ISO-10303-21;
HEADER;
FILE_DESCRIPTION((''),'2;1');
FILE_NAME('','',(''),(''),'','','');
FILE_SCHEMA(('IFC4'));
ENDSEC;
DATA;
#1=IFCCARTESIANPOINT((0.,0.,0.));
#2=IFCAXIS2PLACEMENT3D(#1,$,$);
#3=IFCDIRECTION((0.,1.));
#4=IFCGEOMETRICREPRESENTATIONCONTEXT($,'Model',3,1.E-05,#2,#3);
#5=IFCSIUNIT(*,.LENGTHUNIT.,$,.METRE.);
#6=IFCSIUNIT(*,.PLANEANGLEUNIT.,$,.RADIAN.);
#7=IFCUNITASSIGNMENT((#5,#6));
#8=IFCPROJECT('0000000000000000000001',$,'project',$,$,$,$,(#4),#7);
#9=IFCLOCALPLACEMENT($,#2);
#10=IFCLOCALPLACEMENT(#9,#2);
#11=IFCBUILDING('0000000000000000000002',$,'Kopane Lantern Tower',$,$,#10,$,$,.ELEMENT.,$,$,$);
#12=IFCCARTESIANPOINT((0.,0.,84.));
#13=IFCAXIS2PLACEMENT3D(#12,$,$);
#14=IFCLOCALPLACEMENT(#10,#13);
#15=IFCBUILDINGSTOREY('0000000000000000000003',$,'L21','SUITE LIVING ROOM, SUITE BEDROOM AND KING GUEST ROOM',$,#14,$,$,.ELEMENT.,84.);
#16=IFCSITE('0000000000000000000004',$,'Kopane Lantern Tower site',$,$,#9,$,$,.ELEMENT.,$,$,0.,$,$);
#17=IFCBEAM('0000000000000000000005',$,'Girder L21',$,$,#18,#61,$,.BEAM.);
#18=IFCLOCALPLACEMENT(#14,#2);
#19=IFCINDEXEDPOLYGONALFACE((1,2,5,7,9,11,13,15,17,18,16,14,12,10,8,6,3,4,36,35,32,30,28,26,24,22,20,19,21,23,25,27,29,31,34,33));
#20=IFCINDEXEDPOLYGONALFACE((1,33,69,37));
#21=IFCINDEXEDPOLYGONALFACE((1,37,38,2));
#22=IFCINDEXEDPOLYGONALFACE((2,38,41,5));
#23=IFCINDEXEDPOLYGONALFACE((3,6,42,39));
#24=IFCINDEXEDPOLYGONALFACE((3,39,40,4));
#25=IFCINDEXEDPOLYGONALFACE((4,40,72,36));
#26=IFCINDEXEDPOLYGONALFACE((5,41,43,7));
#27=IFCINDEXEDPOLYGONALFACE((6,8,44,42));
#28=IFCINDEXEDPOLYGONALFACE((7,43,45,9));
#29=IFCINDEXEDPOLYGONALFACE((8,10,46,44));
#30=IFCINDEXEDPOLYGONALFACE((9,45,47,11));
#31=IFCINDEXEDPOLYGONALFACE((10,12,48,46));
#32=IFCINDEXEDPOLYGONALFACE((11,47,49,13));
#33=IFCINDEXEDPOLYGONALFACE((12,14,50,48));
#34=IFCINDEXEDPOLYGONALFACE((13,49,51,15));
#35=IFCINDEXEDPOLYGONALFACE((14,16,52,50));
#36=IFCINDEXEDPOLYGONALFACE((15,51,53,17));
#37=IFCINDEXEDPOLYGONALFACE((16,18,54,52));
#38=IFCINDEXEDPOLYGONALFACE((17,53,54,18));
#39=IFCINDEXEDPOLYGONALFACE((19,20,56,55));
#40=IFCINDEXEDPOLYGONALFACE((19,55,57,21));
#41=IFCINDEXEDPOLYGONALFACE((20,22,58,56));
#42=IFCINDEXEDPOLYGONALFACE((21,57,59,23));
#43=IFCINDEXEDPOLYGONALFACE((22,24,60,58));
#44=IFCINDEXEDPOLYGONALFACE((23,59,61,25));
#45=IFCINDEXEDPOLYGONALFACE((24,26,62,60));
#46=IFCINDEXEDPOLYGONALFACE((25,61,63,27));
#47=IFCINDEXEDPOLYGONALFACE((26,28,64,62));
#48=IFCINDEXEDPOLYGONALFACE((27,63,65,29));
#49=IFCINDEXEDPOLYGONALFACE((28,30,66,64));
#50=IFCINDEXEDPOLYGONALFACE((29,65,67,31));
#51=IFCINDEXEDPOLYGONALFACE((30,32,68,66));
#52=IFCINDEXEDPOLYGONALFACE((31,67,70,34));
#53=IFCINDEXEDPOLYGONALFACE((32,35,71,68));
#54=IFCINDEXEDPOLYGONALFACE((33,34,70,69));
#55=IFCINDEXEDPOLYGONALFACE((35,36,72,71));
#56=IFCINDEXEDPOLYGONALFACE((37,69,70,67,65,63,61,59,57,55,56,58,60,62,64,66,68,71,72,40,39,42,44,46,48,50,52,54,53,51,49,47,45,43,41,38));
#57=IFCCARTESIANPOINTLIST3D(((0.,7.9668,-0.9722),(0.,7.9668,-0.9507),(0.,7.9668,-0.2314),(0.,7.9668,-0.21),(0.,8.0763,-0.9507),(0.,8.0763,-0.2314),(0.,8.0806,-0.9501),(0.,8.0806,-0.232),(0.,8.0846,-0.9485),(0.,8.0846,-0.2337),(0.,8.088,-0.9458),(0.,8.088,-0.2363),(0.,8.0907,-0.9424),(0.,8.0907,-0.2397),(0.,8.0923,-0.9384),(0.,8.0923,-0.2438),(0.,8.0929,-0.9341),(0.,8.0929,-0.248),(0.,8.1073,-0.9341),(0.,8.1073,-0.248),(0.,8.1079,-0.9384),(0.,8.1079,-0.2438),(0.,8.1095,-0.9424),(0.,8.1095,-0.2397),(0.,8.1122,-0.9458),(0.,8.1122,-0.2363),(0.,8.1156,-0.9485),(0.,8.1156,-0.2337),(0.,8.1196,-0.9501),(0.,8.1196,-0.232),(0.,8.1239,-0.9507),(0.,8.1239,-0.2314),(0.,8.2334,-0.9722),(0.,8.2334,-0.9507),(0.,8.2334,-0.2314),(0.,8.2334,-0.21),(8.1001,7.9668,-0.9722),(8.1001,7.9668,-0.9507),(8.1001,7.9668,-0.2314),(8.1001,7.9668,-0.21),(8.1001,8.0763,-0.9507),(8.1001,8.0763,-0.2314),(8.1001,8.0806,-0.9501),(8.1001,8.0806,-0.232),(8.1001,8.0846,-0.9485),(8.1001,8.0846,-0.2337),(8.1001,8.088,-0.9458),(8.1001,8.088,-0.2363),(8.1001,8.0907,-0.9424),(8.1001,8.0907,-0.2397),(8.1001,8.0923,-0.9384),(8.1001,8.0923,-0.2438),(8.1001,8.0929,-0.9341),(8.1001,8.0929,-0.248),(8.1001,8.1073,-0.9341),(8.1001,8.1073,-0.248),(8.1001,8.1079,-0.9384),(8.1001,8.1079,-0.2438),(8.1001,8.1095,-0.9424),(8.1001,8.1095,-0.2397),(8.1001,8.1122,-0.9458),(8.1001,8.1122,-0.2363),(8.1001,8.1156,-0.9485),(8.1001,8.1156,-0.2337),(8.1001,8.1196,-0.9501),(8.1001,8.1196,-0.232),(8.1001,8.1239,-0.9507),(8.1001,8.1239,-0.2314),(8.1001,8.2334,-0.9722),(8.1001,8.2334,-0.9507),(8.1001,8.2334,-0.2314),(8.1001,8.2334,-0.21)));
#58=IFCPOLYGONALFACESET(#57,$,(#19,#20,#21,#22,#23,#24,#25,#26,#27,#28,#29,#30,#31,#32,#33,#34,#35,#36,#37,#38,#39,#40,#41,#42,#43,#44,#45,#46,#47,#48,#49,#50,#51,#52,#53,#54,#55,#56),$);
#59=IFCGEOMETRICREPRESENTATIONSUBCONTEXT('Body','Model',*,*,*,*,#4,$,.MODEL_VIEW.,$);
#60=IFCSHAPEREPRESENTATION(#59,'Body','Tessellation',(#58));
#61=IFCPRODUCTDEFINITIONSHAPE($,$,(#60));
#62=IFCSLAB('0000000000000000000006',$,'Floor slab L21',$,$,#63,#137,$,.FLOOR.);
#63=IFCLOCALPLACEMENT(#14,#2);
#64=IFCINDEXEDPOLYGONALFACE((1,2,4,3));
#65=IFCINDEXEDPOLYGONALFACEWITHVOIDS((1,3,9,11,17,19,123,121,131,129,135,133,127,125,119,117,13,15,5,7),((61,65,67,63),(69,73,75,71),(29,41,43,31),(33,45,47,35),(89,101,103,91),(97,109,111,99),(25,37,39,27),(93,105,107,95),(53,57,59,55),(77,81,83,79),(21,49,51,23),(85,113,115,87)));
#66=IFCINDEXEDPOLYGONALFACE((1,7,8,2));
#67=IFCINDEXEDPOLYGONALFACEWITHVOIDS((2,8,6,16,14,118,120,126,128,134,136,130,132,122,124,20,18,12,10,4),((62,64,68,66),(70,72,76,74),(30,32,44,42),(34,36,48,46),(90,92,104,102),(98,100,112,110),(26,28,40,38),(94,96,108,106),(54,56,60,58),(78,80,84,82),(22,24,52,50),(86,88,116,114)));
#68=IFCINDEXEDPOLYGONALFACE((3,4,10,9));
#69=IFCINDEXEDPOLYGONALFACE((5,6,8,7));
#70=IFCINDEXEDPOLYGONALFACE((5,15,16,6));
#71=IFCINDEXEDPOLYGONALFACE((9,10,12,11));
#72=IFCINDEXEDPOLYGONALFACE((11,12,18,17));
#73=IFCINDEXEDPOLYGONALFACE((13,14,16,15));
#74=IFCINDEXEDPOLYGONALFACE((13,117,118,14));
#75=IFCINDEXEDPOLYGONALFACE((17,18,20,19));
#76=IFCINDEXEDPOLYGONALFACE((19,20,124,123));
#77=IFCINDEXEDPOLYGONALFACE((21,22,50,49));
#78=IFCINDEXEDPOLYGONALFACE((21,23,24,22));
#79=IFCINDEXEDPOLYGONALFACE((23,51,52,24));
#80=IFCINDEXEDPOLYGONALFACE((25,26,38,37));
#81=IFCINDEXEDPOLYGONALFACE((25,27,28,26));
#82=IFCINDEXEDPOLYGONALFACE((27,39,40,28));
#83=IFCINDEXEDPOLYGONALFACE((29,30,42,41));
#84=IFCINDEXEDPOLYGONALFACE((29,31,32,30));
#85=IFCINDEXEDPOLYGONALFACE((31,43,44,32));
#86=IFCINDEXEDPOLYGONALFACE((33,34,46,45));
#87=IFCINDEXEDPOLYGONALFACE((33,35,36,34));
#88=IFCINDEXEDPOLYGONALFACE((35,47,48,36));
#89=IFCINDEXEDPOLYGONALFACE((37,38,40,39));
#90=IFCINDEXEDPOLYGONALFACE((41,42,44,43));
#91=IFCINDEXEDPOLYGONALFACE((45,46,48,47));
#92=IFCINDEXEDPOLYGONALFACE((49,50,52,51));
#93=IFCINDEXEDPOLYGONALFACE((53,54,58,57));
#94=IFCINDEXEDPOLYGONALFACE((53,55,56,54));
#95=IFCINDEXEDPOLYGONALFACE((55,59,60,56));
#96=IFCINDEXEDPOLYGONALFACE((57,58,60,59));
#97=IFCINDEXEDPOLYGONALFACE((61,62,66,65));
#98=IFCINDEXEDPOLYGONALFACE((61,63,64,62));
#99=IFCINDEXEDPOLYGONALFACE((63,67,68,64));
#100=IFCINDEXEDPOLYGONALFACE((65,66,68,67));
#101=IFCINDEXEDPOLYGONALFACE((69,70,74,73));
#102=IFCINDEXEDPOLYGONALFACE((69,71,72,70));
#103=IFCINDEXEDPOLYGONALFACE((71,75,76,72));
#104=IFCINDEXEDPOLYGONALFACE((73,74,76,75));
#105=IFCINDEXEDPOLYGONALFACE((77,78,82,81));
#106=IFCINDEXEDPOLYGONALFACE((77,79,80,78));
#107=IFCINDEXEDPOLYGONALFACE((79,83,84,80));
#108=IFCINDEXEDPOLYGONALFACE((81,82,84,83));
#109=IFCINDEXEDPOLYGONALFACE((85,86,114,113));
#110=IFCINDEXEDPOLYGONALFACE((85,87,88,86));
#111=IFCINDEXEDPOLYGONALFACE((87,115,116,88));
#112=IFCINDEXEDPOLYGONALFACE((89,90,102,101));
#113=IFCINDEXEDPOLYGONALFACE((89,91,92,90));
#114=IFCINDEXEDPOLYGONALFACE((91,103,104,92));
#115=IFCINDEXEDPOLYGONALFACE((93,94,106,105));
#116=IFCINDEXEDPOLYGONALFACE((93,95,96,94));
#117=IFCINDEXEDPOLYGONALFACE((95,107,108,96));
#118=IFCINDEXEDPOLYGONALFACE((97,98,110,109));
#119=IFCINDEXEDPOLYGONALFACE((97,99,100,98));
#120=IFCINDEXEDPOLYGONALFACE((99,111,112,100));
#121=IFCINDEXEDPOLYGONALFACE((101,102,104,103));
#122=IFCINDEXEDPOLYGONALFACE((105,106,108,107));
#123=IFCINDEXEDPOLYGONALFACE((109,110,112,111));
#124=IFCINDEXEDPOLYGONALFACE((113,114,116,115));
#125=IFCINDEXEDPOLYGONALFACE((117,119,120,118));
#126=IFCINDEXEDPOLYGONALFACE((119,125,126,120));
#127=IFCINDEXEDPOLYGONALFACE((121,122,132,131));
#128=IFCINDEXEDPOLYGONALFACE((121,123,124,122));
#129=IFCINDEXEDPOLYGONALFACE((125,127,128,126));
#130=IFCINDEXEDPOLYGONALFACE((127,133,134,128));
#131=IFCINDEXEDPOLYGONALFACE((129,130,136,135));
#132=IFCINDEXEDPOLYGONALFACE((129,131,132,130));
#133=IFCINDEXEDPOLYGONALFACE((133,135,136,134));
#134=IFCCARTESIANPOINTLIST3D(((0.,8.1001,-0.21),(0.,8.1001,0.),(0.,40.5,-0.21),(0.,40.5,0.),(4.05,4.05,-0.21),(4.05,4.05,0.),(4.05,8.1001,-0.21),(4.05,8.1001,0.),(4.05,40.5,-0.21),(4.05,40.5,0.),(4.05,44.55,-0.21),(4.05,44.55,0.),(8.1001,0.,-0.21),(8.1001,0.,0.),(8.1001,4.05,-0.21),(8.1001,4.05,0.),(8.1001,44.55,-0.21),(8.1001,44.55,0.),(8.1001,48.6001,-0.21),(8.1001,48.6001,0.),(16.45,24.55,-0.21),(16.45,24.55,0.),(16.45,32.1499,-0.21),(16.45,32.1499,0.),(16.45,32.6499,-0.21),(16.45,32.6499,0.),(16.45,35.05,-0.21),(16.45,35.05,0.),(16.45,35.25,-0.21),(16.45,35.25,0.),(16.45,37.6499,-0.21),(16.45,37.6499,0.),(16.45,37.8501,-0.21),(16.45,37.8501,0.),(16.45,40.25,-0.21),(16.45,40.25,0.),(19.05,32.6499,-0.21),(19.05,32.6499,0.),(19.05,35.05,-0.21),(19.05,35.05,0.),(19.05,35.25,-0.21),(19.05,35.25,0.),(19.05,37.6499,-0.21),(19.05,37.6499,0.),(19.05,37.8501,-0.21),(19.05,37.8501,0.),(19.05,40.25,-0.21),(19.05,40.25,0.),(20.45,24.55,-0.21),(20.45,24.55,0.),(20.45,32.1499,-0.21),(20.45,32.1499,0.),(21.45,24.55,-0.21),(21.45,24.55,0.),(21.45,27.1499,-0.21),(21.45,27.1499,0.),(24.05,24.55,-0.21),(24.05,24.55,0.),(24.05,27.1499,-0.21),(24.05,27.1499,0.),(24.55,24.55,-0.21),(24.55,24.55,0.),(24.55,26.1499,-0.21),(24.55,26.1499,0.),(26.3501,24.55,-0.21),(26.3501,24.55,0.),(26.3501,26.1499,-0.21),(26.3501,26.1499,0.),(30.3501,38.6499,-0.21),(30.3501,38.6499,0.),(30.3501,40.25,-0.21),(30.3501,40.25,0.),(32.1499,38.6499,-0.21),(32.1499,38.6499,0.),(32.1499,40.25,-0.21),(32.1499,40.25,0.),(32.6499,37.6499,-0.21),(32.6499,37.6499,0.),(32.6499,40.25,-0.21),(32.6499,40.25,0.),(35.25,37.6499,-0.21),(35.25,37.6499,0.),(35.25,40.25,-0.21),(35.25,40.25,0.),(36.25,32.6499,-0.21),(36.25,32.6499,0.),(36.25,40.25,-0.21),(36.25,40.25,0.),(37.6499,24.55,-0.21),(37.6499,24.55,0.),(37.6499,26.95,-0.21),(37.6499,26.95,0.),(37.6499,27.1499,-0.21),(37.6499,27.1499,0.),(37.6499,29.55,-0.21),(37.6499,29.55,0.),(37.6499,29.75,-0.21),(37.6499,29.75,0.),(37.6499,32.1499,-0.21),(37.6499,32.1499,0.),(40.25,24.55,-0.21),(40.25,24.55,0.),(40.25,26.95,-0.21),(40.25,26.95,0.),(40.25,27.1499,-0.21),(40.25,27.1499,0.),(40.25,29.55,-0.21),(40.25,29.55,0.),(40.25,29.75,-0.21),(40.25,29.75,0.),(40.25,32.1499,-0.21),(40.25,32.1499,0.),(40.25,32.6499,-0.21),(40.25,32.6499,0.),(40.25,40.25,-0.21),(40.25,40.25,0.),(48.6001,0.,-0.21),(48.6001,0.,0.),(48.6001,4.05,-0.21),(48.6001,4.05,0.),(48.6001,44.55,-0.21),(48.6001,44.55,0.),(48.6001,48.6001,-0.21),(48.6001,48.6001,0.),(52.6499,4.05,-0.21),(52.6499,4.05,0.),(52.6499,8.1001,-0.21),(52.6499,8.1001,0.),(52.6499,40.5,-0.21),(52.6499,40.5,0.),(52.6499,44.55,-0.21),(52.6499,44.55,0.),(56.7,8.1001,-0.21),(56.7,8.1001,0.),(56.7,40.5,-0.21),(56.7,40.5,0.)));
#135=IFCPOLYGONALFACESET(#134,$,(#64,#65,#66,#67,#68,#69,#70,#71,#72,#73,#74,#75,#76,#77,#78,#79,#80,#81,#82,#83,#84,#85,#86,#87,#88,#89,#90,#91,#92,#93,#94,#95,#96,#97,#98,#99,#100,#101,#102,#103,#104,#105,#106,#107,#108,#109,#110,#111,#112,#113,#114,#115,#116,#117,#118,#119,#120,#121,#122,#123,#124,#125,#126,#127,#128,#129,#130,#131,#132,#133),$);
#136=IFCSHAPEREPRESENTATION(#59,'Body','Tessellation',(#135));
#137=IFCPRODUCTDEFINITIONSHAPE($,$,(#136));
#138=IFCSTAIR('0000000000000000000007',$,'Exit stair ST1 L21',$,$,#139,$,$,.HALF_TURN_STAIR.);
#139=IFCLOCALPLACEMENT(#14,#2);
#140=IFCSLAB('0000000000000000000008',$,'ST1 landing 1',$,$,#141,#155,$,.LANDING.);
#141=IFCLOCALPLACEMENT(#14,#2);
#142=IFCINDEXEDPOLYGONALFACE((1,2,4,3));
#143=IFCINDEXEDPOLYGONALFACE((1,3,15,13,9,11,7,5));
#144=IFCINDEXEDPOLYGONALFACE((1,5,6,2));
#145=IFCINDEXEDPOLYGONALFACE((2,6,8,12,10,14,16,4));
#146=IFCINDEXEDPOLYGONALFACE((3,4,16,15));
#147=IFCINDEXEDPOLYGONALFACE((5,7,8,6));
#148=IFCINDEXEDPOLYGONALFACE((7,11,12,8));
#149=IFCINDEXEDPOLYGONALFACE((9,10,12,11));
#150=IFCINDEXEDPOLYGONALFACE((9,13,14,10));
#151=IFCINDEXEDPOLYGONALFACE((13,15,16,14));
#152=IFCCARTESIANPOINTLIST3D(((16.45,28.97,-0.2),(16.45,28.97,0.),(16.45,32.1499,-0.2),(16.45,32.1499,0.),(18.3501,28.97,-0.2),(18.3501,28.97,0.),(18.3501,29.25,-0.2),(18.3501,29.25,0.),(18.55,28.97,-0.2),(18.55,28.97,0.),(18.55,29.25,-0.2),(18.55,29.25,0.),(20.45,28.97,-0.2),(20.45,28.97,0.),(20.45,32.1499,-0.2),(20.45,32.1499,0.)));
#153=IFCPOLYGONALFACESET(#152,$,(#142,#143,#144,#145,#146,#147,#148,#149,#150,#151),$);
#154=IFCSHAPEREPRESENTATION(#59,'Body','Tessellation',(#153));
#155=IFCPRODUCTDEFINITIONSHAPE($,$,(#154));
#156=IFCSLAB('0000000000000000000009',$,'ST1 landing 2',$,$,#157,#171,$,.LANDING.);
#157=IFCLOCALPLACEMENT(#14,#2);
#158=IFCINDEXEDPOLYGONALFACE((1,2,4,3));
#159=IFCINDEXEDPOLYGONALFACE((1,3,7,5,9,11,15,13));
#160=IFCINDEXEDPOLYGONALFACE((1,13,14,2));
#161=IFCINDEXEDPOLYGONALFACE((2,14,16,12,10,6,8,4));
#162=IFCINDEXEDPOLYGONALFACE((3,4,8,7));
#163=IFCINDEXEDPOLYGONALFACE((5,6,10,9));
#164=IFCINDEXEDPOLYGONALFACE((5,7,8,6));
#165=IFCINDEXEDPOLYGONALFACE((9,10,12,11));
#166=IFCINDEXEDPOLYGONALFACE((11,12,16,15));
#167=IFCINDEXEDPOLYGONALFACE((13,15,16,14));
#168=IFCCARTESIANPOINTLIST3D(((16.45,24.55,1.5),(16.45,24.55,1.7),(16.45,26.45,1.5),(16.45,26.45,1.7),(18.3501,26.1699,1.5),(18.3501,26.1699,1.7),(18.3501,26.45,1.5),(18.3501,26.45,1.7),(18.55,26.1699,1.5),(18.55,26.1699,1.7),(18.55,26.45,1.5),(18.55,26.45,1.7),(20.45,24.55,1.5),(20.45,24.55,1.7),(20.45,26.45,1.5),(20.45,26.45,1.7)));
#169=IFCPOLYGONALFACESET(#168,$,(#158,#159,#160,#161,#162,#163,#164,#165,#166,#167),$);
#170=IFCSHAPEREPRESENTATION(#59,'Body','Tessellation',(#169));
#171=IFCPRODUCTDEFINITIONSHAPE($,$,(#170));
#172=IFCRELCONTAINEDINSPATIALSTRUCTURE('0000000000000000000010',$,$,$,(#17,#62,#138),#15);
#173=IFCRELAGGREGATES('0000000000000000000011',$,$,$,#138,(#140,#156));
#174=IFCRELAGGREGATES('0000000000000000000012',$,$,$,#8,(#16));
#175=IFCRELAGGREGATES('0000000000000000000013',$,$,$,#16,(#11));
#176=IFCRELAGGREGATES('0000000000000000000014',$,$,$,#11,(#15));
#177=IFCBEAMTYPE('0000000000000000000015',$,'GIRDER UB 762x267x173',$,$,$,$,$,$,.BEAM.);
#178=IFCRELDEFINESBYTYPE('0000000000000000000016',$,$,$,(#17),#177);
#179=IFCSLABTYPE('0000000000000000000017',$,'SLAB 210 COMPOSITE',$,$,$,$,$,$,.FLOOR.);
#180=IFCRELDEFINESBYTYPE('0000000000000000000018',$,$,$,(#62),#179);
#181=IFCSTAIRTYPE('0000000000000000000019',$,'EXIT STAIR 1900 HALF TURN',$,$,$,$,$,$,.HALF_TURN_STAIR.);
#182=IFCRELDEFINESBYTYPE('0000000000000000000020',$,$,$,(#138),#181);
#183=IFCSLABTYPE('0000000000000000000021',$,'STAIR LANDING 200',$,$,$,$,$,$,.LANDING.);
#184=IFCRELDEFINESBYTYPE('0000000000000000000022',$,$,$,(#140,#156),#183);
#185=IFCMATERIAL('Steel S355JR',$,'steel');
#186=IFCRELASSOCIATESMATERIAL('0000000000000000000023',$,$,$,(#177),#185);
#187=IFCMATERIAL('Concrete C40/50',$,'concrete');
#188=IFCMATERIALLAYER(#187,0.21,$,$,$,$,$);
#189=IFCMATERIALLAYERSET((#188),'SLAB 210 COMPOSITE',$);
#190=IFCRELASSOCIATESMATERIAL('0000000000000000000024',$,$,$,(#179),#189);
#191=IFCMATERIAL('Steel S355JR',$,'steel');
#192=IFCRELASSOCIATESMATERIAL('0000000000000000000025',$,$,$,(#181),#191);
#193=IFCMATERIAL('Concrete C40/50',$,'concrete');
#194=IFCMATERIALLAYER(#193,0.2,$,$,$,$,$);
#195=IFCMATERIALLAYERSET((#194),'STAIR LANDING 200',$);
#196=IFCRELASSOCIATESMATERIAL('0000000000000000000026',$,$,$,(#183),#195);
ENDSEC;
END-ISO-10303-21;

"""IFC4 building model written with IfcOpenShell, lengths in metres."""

from ifc_helpers import new_model, si_unit, direction, frame, origin, origin_2d, place, context, subcontext, project, spatial, polyline, i_section, outline, extrude, material, layer, layer_set, material_profile, profile_set, type_object, element, aggregate, save


model = new_model("IFC4")

# Units and contexts
model_context = context("Model", 3, precision=1e-05, world=origin(), true_north=direction((0.0, 1.0)))
body_context = subcontext(model_context, "Body", "Model", "MODEL_VIEW")
ifc_project = project(units=[si_unit("LENGTHUNIT", "METRE"), si_unit("PLANEANGLEUNIT", "RADIAN")], contexts=[model_context])

# Site, building, storey
site_placement = place(None, origin())
site = spatial("IfcSite", under=ifc_project, at=site_placement, Name="Kopane Lantern Tower site", CompositionType="ELEMENT", RefElevation=0.0)
building_placement = place(site_placement, origin())
building = spatial("IfcBuilding", under=site, at=building_placement, Name="Kopane Lantern Tower", CompositionType="ELEMENT")
storey_placement = place(building_placement, frame((0.0, 0.0, 84.0)))
storey = spatial("IfcBuildingStorey", under=building, at=storey_placement, Name="L21", Description="SUITE LIVING ROOM, SUITE BEDROOM AND KING GUEST ROOM", CompositionType="ELEMENT", Elevation=84.0)

# Beam
ifc_material_1 = material(Name="Steel S355JR", Category="steel")
ifc_material_profile_1 = material_profile(ifc_material_1, i_section(OverallWidth=0.2666, OverallDepth=0.7622, WebThickness=0.0144, FlangeThickness=0.0215, FilletRadius=0.0166, at=origin_2d()), Name="UB 762x267x173")
ifc_profile_set_1 = profile_set([ifc_material_profile_1], Name="Steel S355JR")
beam_type_1 = type_object("IfcBeamType", Name="GIRDER UB 762x267x173", PredefinedType="BEAM", material=ifc_profile_set_1)
beam_1_placement = place(storey_placement, frame((0.0, 8.1001, -0.5911), z_axis=(1.0, 0.0, 0.0), x_axis=(0.0, 1.0, 0.0)))
element("IfcBeam", 1, at=beam_1_placement, inside=storey, type_object=beam_type_1, Name="Girder L21", PredefinedType="BEAM", context=body_context, shape_type="SweptSolid", body=[
    extrude(i_section(OverallWidth=0.2666, OverallDepth=0.7622, WebThickness=0.0144, FlangeThickness=0.0215, FilletRadius=0.0166, at=origin_2d()), origin(), (0.0, 0.0, 1.0), 8.1001),
])

# Slab
ifc_material_2 = material(Name="Concrete C40/50", Category="concrete")
ifc_layer_1 = layer(ifc_material_2, 0.21)
ifc_layer_set_1 = layer_set([ifc_layer_1], Name="SLAB 210 COMPOSITE")
slab_type_1 = type_object("IfcSlabType", Name="SLAB 210 COMPOSITE", PredefinedType="FLOOR", material=ifc_layer_set_1)
slab_1_placement = place(storey_placement, frame((0.0, 0.0, -0.21)))
element("IfcSlab", 2, at=slab_1_placement, inside=storey, type_object=slab_type_1, Name="Floor slab L21", PredefinedType="FLOOR", context=body_context, shape_type="SweptSolid", body=[
    extrude(outline(polyline([(8.1001, 0.0), (48.6001, 0.0), (48.6001, 4.05), (52.6499, 4.05), (52.6499, 8.1001), (56.7, 8.1001), (56.7, 40.5), (52.6499, 40.5), (52.6499, 44.55), (48.6001, 44.55), (48.6001, 48.6001), (8.1001, 48.6001), (8.1001, 44.55), (4.05, 44.55), (4.05, 40.5), (0.0, 40.5), (0.0, 8.1001), (4.05, 8.1001), (4.05, 4.05), (8.1001, 4.05), (8.1001, 0.0)]), holes=[polyline([(16.45, 24.55), (20.45, 24.55), (20.45, 32.1499), (16.45, 32.1499), (16.45, 24.55)]), polyline([(36.25, 32.6499), (40.25, 32.6499), (40.25, 40.25), (36.25, 40.25), (36.25, 32.6499)]), polyline([(16.45, 32.6499), (19.05, 32.6499), (19.05, 35.05), (16.45, 35.05), (16.45, 32.6499)]), polyline([(16.45, 35.25), (19.05, 35.25), (19.05, 37.6499), (16.45, 37.6499), (16.45, 35.25)]), polyline([(16.45, 37.8501), (19.05, 37.8501), (19.05, 40.25), (16.45, 40.25), (16.45, 37.8501)]), polyline([(37.6499, 24.55), (40.25, 24.55), (40.25, 26.95), (37.6499, 26.95), (37.6499, 24.55)]), polyline([(37.6499, 27.1499), (40.25, 27.1499), (40.25, 29.55), (37.6499, 29.55), (37.6499, 27.1499)]), polyline([(37.6499, 29.75), (40.25, 29.75), (40.25, 32.1499), (37.6499, 32.1499), (37.6499, 29.75)]), polyline([(21.45, 24.55), (24.05, 24.55), (24.05, 27.1499), (21.45, 27.1499), (21.45, 24.55)]), polyline([(32.6499, 37.6499), (35.25, 37.6499), (35.25, 40.25), (32.6499, 40.25), (32.6499, 37.6499)]), polyline([(24.55, 24.55), (26.3501, 24.55), (26.3501, 26.1499), (24.55, 26.1499), (24.55, 24.55)]), polyline([(30.3501, 38.6499), (32.1499, 38.6499), (32.1499, 40.25), (30.3501, 40.25), (30.3501, 38.6499)])]), origin(), (0.0, 0.0, 1.0), 0.21),
])

# Stair, slabs
ifc_material_3 = material(Name="Steel S355JR", Category="steel")
stair_type = type_object("IfcStairType", Name="EXIT STAIR 1900 HALF TURN", PredefinedType="HALF_TURN_STAIR", material=ifc_material_3)
stair_1_placement = place(storey_placement, origin())
stair_1 = element("IfcStair", 3, at=stair_1_placement, inside=storey, type_object=stair_type, Name="Exit stair ST1 L21", PredefinedType="HALF_TURN_STAIR")
ifc_material_4 = material(Name="Concrete C40/50", Category="concrete")
ifc_layer_2 = layer(ifc_material_4, 0.2)
ifc_layer_set_2 = layer_set([ifc_layer_2], Name="STAIR LANDING 200")
slab_type_2 = type_object("IfcSlabType", Name="STAIR LANDING 200", PredefinedType="LANDING", material=ifc_layer_set_2)
slab_2_placement = place(storey_placement, frame((0.0, 0.0, -0.2)))
slab_2 = element("IfcSlab", 4, at=slab_2_placement, type_object=slab_type_2, Name="ST1 landing 1", PredefinedType="LANDING", context=body_context, shape_type="SweptSolid", body=[
    extrude(outline(polyline([(18.3501, 29.25), (18.55, 29.25), (18.55, 28.97), (20.45, 28.97), (20.45, 32.1499), (16.45, 32.1499), (16.45, 28.97), (18.3501, 28.97), (18.3501, 29.25)])), origin(), (0.0, 0.0, 1.0), 0.2),
])
slab_3_placement = place(storey_placement, frame((0.0, 0.0, 1.5)))
slab_3 = element("IfcSlab", 5, at=slab_3_placement, type_object=slab_type_2, Name="ST1 landing 2", PredefinedType="LANDING", context=body_context, shape_type="SweptSolid", body=[
    extrude(outline(polyline([(20.45, 26.45), (18.55, 26.45), (18.55, 26.1699), (18.3501, 26.1699), (18.3501, 26.45), (16.45, 26.45), (16.45, 24.55), (20.45, 24.55), (20.45, 26.45)])), origin(), (0.0, 0.0, 1.0), 0.2),
])
aggregate(stair_1, [slab_2, slab_3])

save(model, "model.ifc")
